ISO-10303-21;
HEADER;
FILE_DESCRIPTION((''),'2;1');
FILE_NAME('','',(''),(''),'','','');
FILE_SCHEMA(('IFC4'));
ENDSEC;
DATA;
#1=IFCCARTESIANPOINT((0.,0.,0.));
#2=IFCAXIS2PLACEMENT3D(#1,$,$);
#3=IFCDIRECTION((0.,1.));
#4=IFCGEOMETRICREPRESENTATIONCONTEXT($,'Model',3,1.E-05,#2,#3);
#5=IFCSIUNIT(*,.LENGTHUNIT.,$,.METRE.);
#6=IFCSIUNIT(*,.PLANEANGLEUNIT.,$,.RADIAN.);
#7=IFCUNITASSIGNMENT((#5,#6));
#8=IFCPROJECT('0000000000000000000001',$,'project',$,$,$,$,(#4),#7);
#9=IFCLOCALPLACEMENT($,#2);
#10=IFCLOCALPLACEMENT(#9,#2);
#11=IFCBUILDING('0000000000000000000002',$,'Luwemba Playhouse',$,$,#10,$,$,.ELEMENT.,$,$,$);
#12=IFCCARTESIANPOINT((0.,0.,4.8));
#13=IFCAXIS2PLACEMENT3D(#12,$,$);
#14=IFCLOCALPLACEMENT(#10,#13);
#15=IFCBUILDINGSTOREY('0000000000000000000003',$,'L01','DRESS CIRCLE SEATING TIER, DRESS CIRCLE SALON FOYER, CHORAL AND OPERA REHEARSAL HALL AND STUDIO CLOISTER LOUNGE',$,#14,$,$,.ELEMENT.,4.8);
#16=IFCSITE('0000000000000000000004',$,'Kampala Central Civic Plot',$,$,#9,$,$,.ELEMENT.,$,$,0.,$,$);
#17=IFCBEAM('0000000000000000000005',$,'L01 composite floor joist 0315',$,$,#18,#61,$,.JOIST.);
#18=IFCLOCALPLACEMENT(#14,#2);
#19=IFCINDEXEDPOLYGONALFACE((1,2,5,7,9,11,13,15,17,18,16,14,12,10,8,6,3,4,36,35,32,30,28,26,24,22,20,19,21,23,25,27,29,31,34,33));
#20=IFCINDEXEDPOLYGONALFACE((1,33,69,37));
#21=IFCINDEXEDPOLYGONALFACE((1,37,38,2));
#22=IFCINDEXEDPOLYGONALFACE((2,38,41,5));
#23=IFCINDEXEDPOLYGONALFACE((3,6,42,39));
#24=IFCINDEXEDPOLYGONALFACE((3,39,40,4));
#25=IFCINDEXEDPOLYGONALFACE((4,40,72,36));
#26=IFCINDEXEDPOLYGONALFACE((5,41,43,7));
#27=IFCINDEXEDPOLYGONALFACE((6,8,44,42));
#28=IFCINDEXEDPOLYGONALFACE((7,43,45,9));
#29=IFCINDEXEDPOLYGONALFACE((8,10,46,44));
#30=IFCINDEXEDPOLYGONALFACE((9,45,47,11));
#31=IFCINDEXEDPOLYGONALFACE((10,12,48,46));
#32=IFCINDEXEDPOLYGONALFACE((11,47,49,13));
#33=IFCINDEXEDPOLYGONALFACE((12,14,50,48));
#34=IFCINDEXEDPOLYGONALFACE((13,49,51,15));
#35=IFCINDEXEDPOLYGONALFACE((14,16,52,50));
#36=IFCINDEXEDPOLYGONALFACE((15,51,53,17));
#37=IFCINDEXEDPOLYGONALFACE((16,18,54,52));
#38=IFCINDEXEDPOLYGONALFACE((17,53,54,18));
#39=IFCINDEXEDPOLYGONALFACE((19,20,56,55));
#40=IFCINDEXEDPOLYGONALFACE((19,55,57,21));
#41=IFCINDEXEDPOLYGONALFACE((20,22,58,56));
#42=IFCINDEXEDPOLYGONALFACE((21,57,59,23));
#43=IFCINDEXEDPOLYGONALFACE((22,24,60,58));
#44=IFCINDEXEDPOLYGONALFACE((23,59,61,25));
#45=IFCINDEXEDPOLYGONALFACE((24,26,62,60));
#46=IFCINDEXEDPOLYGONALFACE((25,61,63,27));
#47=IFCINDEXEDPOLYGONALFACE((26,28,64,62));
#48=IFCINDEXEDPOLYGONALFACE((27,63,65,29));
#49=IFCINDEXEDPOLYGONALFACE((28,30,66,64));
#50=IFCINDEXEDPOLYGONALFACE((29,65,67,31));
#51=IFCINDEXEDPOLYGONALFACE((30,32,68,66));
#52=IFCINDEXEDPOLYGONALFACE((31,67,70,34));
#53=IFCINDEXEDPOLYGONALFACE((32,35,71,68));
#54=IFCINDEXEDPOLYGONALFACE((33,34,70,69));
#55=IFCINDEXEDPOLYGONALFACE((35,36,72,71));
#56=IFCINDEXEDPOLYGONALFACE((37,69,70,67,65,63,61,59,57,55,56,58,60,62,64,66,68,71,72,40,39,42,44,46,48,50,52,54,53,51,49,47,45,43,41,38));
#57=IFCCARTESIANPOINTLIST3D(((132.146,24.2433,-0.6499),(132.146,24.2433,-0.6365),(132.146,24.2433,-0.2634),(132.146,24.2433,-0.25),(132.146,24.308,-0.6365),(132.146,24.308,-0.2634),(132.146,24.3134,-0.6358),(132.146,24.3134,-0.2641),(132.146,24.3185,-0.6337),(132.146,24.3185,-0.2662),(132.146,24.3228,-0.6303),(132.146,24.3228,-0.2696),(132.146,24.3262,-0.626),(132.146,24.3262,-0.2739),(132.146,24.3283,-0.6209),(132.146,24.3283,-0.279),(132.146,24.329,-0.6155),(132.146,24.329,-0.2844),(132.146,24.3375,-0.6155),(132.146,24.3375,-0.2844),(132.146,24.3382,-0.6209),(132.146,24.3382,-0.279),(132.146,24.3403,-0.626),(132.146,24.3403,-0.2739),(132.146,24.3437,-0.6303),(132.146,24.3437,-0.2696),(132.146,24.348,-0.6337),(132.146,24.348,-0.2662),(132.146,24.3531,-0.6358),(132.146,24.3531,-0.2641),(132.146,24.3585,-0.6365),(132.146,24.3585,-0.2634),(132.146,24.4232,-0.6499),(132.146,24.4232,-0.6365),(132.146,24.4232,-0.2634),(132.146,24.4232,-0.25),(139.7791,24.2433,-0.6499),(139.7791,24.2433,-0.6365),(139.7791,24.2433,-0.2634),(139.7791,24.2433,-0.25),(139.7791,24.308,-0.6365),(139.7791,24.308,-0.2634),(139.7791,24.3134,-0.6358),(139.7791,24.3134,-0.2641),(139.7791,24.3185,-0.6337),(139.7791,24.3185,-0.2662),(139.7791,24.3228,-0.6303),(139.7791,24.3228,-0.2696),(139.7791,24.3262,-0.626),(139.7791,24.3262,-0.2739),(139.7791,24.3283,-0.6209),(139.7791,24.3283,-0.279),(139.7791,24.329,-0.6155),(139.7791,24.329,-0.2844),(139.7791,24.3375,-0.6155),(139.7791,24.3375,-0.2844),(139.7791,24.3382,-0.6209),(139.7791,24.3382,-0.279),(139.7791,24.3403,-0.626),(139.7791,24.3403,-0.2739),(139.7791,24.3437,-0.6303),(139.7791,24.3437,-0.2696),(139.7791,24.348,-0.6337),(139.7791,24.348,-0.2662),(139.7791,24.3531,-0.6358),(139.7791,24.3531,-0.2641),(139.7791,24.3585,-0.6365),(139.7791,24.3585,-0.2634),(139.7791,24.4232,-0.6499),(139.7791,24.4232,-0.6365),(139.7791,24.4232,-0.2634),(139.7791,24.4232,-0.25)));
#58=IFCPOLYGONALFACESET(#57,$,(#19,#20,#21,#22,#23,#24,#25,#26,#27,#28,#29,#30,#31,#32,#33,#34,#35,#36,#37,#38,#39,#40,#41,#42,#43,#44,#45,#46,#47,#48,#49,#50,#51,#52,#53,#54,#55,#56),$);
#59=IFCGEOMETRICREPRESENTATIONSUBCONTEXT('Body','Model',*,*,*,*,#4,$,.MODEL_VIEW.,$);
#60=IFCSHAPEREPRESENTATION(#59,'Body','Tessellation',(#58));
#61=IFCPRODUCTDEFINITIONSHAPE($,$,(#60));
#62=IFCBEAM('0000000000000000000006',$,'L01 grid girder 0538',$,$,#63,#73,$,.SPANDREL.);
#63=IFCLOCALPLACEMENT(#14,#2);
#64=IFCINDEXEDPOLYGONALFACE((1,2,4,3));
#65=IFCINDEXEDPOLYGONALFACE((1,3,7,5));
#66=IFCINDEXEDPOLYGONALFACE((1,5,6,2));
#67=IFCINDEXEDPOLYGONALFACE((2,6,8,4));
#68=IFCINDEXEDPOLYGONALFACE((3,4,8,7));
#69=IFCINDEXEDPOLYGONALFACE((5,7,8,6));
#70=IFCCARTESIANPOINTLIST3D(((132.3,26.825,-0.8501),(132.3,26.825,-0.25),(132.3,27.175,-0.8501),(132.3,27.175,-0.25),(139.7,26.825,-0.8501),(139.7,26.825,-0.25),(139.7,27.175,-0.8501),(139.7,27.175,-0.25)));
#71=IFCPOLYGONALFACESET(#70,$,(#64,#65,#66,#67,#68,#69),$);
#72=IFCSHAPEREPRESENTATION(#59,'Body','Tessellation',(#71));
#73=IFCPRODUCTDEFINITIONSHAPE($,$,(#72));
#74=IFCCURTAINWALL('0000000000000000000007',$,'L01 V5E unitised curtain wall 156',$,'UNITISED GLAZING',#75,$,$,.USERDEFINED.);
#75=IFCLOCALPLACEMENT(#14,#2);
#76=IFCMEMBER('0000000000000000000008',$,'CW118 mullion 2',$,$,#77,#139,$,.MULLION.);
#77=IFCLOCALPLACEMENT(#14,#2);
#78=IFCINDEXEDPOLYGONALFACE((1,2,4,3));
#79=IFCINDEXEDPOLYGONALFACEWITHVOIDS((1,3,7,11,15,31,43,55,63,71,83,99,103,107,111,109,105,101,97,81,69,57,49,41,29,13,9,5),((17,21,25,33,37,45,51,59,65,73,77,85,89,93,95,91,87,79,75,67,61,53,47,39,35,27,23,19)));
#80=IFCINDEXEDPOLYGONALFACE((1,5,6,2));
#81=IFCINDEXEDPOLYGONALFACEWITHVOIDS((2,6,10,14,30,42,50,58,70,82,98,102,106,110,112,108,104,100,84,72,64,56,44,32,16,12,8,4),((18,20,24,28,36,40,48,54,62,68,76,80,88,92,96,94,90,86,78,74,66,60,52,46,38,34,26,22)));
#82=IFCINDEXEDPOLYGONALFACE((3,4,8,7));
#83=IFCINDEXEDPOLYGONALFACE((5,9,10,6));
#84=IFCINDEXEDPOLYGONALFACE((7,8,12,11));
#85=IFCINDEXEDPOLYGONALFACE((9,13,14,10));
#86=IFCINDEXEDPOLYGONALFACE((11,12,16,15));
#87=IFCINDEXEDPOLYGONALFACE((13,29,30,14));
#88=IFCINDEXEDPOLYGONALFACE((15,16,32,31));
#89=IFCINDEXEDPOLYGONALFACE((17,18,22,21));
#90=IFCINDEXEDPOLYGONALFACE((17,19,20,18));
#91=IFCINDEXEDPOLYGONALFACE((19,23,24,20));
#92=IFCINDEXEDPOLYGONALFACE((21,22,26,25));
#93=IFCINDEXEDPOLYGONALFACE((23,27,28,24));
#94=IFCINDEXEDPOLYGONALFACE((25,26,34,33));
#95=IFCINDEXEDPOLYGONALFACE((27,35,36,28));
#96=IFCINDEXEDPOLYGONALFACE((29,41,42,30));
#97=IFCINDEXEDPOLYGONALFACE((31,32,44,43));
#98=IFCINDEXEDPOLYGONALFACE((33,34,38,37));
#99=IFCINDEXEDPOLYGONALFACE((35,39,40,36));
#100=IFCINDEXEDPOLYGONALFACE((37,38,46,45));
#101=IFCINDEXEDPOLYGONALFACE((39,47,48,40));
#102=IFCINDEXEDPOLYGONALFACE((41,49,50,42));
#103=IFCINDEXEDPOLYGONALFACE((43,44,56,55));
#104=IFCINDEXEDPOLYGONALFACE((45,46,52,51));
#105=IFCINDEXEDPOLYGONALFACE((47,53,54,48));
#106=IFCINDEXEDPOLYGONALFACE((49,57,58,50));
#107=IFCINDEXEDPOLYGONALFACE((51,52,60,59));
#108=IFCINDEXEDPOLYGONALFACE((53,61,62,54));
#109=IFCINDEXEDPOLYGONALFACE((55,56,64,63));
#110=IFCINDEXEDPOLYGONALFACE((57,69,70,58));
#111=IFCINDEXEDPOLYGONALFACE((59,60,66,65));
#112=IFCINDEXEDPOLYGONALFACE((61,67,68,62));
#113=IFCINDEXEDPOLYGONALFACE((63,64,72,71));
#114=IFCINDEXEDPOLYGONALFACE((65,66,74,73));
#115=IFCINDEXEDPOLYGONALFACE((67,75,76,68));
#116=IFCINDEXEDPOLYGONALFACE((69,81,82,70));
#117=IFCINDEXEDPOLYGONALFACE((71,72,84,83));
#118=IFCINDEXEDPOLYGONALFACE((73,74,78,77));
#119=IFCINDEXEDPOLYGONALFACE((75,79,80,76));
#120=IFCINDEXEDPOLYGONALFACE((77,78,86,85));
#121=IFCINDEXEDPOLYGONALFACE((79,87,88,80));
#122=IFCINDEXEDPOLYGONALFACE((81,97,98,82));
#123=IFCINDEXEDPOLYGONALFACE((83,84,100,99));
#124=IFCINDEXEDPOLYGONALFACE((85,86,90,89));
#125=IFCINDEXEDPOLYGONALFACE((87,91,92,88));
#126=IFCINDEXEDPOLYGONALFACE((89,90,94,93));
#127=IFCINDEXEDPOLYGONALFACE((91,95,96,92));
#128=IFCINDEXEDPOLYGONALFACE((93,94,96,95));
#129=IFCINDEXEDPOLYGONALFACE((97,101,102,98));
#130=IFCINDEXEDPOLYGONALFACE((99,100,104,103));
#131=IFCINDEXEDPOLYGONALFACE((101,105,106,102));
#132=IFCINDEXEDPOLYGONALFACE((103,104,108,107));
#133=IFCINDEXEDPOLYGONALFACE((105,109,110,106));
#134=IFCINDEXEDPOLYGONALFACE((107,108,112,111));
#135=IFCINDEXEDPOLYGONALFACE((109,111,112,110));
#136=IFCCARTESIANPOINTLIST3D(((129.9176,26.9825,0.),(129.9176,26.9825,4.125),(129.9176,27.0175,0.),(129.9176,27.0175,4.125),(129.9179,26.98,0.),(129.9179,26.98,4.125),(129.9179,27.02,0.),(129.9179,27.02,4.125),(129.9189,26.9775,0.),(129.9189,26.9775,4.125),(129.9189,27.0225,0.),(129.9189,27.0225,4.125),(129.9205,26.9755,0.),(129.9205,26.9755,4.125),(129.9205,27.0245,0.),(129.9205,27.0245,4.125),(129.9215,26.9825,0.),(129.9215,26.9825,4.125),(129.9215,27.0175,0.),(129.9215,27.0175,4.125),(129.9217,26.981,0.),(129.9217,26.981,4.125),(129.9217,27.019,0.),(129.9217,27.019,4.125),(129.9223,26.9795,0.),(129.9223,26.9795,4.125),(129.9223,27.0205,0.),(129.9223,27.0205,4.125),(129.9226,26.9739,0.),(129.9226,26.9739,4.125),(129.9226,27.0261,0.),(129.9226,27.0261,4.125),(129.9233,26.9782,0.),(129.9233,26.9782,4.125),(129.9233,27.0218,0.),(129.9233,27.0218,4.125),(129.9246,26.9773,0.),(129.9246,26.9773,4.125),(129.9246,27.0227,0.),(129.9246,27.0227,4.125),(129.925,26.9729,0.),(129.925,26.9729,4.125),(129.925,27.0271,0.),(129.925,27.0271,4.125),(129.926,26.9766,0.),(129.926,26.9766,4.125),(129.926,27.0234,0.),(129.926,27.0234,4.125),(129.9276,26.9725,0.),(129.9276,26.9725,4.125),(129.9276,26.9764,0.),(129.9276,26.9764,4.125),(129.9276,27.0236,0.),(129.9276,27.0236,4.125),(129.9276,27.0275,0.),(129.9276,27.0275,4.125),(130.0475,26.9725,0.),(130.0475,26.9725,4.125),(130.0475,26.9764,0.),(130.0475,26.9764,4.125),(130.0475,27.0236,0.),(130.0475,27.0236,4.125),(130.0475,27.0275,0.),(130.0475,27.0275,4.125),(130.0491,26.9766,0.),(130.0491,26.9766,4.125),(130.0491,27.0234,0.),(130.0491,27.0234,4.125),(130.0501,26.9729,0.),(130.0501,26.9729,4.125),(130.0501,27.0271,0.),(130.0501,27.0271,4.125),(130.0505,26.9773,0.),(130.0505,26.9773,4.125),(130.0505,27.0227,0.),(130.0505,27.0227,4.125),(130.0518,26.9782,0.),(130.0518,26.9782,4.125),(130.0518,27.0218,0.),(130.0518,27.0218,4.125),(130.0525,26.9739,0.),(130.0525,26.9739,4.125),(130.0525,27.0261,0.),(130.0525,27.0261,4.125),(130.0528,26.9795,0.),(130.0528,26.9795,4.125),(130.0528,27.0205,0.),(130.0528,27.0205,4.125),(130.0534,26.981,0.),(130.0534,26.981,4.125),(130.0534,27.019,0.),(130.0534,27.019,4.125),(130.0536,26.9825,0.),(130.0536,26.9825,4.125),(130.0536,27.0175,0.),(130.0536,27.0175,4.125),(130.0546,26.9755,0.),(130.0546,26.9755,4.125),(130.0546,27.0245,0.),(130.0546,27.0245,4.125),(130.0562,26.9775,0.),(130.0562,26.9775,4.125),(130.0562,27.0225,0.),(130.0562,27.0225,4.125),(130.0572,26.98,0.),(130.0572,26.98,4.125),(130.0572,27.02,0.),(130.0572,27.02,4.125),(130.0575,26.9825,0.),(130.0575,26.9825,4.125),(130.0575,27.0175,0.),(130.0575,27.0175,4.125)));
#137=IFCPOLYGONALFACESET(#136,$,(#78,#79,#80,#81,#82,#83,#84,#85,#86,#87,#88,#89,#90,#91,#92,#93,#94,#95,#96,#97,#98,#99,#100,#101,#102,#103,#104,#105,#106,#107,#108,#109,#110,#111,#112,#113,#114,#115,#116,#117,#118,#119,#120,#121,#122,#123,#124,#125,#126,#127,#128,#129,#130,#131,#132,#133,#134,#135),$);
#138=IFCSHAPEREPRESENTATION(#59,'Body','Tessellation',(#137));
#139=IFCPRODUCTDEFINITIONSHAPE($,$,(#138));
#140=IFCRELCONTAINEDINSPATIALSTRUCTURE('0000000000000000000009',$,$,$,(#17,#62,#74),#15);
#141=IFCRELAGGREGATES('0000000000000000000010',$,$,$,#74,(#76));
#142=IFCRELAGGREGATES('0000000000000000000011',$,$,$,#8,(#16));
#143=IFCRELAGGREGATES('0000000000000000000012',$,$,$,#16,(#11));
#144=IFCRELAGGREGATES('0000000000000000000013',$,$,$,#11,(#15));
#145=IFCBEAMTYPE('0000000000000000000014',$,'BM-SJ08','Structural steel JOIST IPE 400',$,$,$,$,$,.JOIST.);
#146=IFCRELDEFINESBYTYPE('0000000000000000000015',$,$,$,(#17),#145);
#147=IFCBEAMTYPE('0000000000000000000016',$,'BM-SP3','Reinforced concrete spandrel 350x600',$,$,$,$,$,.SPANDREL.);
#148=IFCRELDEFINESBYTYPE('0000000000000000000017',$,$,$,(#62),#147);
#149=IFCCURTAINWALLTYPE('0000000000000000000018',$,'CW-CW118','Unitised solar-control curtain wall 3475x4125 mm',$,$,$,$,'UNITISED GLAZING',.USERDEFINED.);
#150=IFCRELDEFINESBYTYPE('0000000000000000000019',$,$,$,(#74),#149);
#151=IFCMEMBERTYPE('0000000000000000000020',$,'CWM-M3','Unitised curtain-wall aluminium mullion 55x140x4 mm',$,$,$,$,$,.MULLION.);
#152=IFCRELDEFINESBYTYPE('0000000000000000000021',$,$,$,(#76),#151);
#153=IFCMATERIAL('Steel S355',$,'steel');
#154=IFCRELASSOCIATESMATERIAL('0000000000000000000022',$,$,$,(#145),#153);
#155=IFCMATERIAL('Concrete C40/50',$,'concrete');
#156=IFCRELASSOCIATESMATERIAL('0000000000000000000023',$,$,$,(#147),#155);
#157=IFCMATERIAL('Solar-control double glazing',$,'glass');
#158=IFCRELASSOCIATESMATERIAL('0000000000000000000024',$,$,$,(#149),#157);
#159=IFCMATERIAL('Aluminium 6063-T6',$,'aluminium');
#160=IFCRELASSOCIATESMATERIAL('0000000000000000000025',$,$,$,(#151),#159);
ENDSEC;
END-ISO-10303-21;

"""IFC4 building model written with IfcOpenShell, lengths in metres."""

from ifc_helpers import new_model, si_unit, direction, frame, origin, origin_2d, place, context, subcontext, project, spatial, rectangle, hollow_rectangle, i_section, extrude, material, material_profile, profile_set, type_object, element, aggregate, save


model = new_model("IFC4")

# Units and contexts
model_context = context("Model", 3, precision=1e-05, world=origin(), true_north=direction((0.0, 1.0)))
body_context = subcontext(model_context, "Body", "Model", "MODEL_VIEW")
ifc_project = project(units=[si_unit("LENGTHUNIT", "METRE"), si_unit("PLANEANGLEUNIT", "RADIAN")], contexts=[model_context])

# Site, building, storey
site_placement = place(None, origin())
site = spatial("IfcSite", under=ifc_project, at=site_placement, Name="Kampala Central Civic Plot", CompositionType="ELEMENT", RefElevation=0.0)
building_placement = place(site_placement, origin())
building = spatial("IfcBuilding", under=site, at=building_placement, Name="Luwemba Playhouse", CompositionType="ELEMENT")
storey_placement = place(building_placement, frame((0.0, 0.0, 4.8)))
storey = spatial("IfcBuildingStorey", under=building, at=storey_placement, Name="L01", Description="DRESS CIRCLE SEATING TIER, DRESS CIRCLE SALON FOYER, CHORAL AND OPERA REHEARSAL HALL AND STUDIO CLOISTER LOUNGE", CompositionType="ELEMENT", Elevation=4.8)

# Shared definitions
ifc_material_1 = material(Name="Concrete C40/50", Category="concrete")

# Beams
ifc_material_2 = material(Name="Steel S355", Category="steel")
ifc_material_profile_1 = material_profile(ifc_material_2, i_section(OverallWidth=0.1799, OverallDepth=0.3999, WebThickness=0.0085, FlangeThickness=0.0134, FilletRadius=0.021, at=origin_2d()))
ifc_profile_set_1 = profile_set([ifc_material_profile_1], Name="Steel S355")
beam_type_1 = type_object("IfcBeamType", Name="BM-SJ08", Description="Structural steel JOIST IPE 400", PredefinedType="JOIST", material=ifc_profile_set_1)
beam_1_placement = place(storey_placement, frame((132.146, 24.3333, -0.45), z_axis=(1.0, 0.0, 0.0), x_axis=(0.0, 1.0, 0.0)))
element("IfcBeam", 1, at=beam_1_placement, inside=storey, type_object=beam_type_1, Name="L01 composite floor joist 0315", PredefinedType="JOIST", context=body_context, shape_type="SweptSolid", body=[
    extrude(i_section(OverallWidth=0.1799, OverallDepth=0.3999, WebThickness=0.0085, FlangeThickness=0.0134, FilletRadius=0.021, at=origin_2d()), origin(), (0.0, 0.0, 1.0), 7.6331),
])
ifc_material_profile_2 = material_profile(ifc_material_1, rectangle(XDim=0.3501, YDim=0.6001, at=origin_2d()))
ifc_profile_set_2 = profile_set([ifc_material_profile_2], Name="Concrete C40/50")
beam_type_2 = type_object("IfcBeamType", Name="BM-SP3", Description="Reinforced concrete spandrel 350x600", PredefinedType="SPANDREL", material=ifc_profile_set_2)
beam_2_placement = place(storey_placement, frame((132.3, 27.0, -0.55), z_axis=(1.0, 0.0, 0.0), x_axis=(0.0, 1.0, 0.0)))
element("IfcBeam", 2, at=beam_2_placement, inside=storey, type_object=beam_type_2, Name="L01 grid girder 0538", PredefinedType="SPANDREL", context=body_context, shape_type="SweptSolid", body=[
    extrude(rectangle(XDim=0.3501, YDim=0.6001, at=origin_2d()), origin(), (0.0, 0.0, 1.0), 7.3999),
])

# Curtain wall, member
ifc_material_3 = material(Name="Solar-control double glazing", Category="glass")
curtain_wall_type_1 = type_object("IfcCurtainWallType", Name="CW-CW118", Description="Unitised solar-control curtain wall 3475x4125 mm", ElementType="UNITISED GLAZING", PredefinedType="USERDEFINED", material=ifc_material_3)
curtain_wall_1_placement = place(storey_placement, origin())
curtain_wall_1 = element("IfcCurtainWall", 3, at=curtain_wall_1_placement, inside=storey, type_object=curtain_wall_type_1, Name="L01 V5E unitised curtain wall 156", ObjectType="UNITISED GLAZING", PredefinedType="USERDEFINED")
ifc_material_4 = material(Name="Aluminium 6063-T6", Category="aluminium")
ifc_material_profile_3 = material_profile(ifc_material_4, hollow_rectangle(XDim=0.0549, YDim=0.1399, WallThickness=0.0039, InnerFilletRadius=0.0061, OuterFilletRadius=0.01, at=origin_2d()))
ifc_profile_set_3 = profile_set([ifc_material_profile_3], Name="Aluminium 6063-T6")
member_type_1 = type_object("IfcMemberType", Name="CWM-M3", Description="Unitised curtain-wall aluminium mullion 55x140x4 mm", PredefinedType="MULLION", material=ifc_profile_set_3)
member_1_placement = place(storey_placement, frame((129.9875, 27.0, 0.0), z_axis=(0.0, 0.0, 1.0), x_axis=(0.0, 1.0, 0.0)))
member_1 = element("IfcMember", 4, at=member_1_placement, type_object=member_type_1, Name="CW118 mullion 2", PredefinedType="MULLION", context=body_context, shape_type="SweptSolid", body=[
    extrude(hollow_rectangle(XDim=0.0549, YDim=0.1399, WallThickness=0.0039, InnerFilletRadius=0.0061, OuterFilletRadius=0.01, at=origin_2d()), origin(), (0.0, 0.0, 1.0), 4.125),
])

aggregate(curtain_wall_1, [member_1])

save(model, "model.ifc")
